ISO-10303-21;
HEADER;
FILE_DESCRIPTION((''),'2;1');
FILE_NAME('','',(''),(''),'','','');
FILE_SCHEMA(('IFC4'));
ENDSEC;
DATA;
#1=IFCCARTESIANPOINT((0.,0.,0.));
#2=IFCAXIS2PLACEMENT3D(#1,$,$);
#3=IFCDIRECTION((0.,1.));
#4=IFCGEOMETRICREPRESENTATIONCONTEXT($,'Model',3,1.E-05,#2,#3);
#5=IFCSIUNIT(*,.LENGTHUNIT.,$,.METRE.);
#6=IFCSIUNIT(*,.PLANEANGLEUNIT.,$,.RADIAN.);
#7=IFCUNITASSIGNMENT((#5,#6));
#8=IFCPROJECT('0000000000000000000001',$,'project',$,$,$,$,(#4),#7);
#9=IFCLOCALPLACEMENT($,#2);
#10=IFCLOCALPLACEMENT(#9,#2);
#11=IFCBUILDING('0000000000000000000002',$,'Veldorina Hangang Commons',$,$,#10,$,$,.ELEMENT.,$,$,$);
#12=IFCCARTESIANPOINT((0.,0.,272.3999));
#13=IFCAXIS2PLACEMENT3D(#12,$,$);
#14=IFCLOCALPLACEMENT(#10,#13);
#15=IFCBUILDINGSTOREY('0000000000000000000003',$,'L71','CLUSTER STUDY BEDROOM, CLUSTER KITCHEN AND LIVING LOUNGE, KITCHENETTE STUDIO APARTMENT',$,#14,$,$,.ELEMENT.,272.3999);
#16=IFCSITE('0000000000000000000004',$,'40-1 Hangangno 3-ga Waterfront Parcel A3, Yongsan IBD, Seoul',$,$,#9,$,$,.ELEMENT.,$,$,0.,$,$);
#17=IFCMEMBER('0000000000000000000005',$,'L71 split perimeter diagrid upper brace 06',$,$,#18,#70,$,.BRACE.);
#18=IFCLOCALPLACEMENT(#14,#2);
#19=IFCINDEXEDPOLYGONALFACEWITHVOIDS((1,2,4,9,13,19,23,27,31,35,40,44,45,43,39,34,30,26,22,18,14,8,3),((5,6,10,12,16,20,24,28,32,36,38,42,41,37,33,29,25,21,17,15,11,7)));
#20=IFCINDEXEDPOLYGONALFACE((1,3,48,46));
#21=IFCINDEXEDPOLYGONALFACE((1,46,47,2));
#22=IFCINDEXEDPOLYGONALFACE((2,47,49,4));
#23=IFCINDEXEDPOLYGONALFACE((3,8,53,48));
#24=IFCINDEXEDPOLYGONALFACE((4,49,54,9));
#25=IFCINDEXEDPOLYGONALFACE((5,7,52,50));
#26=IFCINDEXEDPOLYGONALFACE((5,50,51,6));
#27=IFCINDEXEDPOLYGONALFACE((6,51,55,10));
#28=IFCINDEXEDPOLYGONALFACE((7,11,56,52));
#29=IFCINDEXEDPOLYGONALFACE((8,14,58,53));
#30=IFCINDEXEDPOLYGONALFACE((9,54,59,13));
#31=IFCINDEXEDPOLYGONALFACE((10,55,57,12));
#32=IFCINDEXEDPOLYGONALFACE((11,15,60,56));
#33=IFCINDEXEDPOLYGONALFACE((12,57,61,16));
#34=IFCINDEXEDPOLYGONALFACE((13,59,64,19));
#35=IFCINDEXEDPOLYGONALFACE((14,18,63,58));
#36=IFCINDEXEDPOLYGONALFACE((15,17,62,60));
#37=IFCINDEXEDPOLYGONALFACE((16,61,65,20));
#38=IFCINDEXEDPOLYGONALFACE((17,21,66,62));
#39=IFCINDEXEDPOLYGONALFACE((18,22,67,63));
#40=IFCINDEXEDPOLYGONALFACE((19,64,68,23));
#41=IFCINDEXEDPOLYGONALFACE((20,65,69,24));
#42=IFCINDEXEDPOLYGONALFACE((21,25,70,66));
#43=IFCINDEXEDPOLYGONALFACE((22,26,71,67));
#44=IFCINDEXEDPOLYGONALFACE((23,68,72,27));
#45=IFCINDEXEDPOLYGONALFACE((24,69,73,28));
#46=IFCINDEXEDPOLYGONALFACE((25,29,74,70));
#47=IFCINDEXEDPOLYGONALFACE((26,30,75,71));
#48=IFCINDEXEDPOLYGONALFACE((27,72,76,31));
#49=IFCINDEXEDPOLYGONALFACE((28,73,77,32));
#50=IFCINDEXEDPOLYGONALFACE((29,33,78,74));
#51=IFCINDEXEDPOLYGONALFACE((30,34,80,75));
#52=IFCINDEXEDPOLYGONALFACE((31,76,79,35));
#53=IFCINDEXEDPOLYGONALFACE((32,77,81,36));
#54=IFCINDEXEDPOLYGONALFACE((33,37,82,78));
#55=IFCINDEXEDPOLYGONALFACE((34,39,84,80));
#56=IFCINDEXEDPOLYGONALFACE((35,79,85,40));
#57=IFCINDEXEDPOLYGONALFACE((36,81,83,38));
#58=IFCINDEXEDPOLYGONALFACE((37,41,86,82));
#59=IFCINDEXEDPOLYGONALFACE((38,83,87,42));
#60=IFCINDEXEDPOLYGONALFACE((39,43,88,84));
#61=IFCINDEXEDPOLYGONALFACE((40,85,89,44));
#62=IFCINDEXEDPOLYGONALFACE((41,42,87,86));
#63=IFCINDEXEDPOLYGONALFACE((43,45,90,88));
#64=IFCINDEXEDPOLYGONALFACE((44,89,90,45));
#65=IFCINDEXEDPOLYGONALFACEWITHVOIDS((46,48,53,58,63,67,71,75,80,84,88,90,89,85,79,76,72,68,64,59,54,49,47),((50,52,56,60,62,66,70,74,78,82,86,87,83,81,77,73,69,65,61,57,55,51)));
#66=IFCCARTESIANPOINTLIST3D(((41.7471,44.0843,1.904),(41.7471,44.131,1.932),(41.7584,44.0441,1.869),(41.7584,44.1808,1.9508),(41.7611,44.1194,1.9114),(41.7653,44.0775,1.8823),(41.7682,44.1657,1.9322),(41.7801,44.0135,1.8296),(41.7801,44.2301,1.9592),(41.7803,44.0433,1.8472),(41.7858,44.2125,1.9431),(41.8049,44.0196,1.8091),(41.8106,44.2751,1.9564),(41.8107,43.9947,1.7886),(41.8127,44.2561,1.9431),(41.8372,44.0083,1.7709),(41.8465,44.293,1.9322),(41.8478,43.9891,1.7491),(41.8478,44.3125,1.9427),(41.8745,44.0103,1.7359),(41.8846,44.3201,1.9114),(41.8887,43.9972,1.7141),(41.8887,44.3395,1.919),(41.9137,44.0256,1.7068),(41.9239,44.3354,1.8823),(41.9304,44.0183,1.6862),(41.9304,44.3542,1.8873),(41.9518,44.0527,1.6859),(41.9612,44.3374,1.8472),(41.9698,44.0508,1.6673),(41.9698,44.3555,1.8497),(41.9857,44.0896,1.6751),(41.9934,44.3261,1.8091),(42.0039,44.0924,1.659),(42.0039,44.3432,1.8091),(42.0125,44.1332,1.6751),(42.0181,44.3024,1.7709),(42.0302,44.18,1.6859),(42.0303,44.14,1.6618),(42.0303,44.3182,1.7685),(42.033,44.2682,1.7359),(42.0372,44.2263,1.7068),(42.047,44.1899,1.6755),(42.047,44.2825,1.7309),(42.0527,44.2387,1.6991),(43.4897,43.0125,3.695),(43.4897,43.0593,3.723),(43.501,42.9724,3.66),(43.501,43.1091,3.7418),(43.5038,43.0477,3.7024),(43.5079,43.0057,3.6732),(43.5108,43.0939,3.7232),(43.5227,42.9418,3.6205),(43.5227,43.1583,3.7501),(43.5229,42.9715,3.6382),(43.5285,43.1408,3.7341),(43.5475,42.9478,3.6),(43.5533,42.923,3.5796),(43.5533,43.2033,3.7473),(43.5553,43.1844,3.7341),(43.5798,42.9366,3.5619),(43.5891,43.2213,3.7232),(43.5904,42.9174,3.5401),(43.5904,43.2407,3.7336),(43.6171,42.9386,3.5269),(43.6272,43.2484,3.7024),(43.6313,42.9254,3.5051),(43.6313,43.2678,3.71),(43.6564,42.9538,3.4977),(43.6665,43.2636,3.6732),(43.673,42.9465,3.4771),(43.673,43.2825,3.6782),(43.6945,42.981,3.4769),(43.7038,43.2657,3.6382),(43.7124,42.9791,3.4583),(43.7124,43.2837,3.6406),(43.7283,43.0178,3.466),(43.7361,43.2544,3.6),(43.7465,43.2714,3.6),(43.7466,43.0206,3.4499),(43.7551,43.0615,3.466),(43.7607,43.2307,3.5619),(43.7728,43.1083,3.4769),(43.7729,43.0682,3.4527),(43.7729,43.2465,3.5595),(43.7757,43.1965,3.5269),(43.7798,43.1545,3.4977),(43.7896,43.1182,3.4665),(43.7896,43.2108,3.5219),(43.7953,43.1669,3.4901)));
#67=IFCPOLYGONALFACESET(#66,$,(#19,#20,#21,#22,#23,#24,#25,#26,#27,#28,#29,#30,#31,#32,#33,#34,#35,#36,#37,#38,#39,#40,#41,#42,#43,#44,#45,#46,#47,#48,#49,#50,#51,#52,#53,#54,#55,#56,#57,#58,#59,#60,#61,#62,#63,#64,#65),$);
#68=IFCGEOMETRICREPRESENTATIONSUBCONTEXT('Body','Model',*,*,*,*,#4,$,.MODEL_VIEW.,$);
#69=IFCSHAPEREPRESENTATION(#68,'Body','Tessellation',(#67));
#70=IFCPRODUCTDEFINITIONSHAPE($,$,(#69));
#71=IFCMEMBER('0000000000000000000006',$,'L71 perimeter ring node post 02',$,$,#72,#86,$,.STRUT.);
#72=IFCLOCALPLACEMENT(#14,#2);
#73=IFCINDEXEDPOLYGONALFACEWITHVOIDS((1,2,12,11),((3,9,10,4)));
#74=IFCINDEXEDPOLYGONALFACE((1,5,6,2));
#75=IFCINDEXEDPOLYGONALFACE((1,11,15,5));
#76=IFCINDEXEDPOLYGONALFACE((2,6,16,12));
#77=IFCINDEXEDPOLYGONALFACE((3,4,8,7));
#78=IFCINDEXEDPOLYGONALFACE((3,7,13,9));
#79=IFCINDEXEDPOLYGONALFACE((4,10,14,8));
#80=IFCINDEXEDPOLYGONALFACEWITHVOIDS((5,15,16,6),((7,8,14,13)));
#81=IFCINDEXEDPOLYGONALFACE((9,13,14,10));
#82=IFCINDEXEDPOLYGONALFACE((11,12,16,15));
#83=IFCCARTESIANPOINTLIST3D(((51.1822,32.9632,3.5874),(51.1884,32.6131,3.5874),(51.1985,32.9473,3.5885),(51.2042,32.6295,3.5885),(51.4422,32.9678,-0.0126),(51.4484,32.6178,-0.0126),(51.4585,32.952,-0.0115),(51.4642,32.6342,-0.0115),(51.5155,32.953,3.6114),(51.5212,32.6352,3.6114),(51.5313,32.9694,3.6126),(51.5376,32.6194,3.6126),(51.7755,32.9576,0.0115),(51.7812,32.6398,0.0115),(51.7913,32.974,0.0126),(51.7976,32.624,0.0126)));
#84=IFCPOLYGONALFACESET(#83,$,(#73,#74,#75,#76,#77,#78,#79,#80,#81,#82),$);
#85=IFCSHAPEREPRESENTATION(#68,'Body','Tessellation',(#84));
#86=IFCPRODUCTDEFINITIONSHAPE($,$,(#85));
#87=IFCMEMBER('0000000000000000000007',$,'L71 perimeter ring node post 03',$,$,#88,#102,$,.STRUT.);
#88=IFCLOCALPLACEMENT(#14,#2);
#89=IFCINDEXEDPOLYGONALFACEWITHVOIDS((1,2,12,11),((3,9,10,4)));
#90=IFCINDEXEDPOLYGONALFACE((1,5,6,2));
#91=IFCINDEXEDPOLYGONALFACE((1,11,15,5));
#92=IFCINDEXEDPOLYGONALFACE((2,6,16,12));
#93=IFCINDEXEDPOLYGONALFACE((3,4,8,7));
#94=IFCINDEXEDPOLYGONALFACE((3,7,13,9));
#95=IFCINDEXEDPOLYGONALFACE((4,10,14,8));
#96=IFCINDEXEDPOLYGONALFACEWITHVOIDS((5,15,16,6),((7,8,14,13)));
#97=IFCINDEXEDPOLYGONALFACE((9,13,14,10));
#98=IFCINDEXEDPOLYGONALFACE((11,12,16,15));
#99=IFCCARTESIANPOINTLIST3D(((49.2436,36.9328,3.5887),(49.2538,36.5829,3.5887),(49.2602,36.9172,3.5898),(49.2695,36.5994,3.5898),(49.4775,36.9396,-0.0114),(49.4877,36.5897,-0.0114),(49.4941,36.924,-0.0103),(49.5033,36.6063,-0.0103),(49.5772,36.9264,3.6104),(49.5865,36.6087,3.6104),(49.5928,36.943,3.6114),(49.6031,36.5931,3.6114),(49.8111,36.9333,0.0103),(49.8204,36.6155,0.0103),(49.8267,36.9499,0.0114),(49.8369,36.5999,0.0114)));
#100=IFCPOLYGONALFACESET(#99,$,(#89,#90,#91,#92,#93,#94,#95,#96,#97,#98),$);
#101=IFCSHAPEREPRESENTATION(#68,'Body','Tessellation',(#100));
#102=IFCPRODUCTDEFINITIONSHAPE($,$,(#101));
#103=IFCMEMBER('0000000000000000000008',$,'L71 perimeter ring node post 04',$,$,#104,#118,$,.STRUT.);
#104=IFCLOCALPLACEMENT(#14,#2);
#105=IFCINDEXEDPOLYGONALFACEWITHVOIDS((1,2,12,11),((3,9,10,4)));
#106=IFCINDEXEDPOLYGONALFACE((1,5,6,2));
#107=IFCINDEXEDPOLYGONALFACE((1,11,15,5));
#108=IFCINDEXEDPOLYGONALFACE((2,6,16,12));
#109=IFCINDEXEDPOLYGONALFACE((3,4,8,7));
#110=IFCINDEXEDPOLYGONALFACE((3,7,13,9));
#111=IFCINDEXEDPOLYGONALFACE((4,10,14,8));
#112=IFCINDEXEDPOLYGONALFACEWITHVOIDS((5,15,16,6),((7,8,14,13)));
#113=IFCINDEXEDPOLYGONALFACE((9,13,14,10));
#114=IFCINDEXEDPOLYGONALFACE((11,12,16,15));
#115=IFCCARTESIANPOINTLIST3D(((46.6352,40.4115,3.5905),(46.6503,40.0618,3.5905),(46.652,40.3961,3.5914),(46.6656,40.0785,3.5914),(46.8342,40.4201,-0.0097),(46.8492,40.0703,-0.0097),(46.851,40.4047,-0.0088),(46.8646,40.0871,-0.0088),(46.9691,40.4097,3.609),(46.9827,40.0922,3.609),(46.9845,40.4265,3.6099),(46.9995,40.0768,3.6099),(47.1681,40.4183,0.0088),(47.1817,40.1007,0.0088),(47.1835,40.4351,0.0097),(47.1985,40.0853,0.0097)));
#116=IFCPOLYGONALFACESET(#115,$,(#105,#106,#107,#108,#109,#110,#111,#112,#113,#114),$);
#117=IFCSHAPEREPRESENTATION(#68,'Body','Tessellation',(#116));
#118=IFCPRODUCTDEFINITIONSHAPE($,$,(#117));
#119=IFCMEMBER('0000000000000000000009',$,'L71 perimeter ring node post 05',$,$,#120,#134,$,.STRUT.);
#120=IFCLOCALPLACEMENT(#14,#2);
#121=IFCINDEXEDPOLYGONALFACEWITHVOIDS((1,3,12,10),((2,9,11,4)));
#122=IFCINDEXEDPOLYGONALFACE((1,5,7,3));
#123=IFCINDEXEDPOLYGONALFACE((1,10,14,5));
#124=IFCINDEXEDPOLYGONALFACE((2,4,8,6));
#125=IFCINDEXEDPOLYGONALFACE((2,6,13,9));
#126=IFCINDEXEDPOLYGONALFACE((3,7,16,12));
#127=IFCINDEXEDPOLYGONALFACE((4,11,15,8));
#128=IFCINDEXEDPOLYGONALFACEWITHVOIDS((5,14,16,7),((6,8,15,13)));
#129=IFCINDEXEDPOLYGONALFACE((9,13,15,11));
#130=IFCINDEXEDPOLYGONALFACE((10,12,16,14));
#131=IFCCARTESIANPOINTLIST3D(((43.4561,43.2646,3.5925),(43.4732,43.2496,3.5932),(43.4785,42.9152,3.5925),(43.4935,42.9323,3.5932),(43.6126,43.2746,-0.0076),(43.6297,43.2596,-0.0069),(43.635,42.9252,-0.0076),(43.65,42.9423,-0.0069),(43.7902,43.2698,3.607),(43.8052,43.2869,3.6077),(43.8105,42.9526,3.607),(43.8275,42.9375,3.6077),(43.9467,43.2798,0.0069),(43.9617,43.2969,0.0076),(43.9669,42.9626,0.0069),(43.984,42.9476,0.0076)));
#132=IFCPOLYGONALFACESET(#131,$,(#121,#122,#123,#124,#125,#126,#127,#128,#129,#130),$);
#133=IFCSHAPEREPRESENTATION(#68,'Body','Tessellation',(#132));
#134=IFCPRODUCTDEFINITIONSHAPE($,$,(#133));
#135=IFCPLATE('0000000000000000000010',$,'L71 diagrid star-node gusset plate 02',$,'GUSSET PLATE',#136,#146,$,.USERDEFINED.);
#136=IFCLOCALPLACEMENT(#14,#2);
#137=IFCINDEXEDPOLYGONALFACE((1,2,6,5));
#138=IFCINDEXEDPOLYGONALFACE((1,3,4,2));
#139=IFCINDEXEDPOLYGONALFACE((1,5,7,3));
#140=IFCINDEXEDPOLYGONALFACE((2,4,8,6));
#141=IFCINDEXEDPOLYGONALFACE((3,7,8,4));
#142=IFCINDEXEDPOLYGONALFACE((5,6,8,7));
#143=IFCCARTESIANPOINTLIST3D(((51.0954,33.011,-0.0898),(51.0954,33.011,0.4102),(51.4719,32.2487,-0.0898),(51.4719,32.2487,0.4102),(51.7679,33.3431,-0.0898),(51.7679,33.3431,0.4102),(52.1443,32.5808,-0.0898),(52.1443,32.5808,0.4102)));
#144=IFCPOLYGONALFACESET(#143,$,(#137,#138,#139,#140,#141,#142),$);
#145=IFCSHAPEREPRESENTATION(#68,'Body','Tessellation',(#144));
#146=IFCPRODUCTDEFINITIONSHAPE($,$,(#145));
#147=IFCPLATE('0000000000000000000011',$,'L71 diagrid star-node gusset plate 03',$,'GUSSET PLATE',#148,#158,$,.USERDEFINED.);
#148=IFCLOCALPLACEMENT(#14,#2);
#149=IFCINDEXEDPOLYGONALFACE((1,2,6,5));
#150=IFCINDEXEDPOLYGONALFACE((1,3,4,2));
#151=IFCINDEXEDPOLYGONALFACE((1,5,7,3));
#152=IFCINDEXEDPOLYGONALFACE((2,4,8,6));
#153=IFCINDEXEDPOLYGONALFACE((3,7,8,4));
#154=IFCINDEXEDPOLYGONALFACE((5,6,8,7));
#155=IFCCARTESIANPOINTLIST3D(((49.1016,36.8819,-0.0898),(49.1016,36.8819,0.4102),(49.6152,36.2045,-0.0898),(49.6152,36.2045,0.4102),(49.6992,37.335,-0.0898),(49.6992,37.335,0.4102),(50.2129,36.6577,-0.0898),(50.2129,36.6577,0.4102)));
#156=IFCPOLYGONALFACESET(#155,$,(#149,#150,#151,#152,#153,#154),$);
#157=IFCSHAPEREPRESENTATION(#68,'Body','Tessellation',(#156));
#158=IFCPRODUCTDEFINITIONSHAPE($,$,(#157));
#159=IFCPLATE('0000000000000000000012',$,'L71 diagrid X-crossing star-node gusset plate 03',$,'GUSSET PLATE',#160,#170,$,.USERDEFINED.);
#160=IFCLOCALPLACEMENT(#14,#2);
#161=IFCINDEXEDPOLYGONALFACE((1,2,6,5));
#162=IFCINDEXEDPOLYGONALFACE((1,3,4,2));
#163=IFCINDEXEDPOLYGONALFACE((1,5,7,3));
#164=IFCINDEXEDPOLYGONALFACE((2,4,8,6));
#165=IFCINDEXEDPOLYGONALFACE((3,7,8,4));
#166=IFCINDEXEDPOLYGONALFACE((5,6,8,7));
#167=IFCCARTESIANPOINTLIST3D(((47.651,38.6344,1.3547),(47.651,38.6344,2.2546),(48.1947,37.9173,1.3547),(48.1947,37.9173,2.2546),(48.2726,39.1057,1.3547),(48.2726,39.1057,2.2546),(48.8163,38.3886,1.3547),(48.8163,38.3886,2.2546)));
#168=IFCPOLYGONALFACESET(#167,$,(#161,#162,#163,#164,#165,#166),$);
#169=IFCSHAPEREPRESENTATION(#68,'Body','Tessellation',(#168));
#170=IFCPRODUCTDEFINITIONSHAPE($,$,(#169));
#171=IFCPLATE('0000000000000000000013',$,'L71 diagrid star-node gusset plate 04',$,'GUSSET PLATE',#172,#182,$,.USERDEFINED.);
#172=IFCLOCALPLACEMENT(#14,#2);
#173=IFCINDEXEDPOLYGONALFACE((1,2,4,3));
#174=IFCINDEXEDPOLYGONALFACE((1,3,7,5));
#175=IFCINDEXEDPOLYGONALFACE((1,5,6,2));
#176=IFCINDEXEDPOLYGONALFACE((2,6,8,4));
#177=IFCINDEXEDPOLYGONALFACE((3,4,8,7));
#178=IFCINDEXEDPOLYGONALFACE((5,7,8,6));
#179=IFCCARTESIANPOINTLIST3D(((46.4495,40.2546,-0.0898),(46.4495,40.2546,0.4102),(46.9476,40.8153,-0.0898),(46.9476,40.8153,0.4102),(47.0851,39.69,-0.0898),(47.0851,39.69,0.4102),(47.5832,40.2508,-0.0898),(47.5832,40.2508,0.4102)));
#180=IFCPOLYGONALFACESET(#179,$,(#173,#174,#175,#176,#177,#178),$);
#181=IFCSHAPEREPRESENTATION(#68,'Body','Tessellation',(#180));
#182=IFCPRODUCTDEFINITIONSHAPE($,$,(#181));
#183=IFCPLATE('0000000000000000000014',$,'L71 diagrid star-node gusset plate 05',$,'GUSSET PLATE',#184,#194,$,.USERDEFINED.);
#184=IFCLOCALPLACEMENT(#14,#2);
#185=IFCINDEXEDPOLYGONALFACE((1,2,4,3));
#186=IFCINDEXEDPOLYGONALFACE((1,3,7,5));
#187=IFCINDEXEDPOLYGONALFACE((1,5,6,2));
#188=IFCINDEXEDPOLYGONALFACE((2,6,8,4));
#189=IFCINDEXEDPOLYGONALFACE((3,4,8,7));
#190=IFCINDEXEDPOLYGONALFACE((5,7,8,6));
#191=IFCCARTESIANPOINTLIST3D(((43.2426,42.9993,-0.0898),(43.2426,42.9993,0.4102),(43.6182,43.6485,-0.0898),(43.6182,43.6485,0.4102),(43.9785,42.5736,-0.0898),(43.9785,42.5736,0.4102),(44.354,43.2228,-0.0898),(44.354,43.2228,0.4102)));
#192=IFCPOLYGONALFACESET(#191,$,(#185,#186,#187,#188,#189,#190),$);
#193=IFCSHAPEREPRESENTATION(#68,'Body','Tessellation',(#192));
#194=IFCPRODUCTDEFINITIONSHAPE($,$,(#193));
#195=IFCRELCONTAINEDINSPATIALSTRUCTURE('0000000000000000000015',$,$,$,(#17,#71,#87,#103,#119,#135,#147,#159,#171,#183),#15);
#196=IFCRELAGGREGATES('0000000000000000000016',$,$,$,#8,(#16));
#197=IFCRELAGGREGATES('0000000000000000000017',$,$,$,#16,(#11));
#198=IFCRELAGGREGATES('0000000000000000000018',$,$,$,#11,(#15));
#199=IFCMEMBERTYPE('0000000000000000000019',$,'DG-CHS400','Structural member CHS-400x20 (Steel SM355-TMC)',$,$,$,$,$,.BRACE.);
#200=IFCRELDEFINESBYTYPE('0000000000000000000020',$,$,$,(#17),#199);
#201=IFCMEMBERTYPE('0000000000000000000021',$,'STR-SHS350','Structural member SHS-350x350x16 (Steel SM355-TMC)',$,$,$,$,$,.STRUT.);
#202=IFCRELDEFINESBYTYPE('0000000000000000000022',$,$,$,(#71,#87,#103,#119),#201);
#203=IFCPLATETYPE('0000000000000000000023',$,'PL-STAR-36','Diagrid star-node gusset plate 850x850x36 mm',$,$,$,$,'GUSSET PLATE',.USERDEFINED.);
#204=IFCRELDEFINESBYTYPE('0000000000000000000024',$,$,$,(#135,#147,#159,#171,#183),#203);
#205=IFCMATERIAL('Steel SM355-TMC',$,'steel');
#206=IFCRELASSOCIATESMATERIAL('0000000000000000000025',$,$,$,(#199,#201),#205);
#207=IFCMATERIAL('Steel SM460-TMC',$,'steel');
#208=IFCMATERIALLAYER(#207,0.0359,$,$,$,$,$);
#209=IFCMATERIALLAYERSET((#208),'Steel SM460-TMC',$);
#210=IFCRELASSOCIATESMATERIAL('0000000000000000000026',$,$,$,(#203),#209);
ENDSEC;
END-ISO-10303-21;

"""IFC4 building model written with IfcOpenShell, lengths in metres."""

from ifc_helpers import new_model, si_unit, direction, frame, origin, origin_2d, place, context, subcontext, project, spatial, rectangle, hollow_rectangle, hollow_circle, extrude, material, layer, layer_set, material_profile, profile_set, type_object, element, save


model = new_model("IFC4")

# Units and contexts
model_context = context("Model", 3, precision=1e-05, world=origin(), true_north=direction((0.0, 1.0)))
body_context = subcontext(model_context, "Body", "Model", "MODEL_VIEW")
ifc_project = project(units=[si_unit("LENGTHUNIT", "METRE"), si_unit("PLANEANGLEUNIT", "RADIAN")], contexts=[model_context])

# Site, building, storey
site_placement = place(None, origin())
site = spatial("IfcSite", under=ifc_project, at=site_placement, Name="40-1 Hangangno 3-ga Waterfront Parcel A3, Yongsan IBD, Seoul", CompositionType="ELEMENT", RefElevation=0.0)
building_placement = place(site_placement, origin())
building = spatial("IfcBuilding", under=site, at=building_placement, Name="Veldorina Hangang Commons", CompositionType="ELEMENT")
storey_placement = place(building_placement, frame((0.0, 0.0, 272.3999)))
storey = spatial("IfcBuildingStorey", under=building, at=storey_placement, Name="L71", Description="CLUSTER STUDY BEDROOM, CLUSTER KITCHEN AND LIVING LOUNGE, KITCHENETTE STUDIO APARTMENT", CompositionType="ELEMENT", Elevation=272.3999)

# Shared definitions
ifc_material_1 = material(Name="Steel SM355-TMC", Category="steel")

# Members
ifc_material_profile_1 = material_profile(ifc_material_1, hollow_circle(Radius=0.2, WallThickness=0.02, at=origin_2d()), Name="CHS-400x20")
ifc_profile_set_1 = profile_set([ifc_material_profile_1], Name="Steel SM355-TMC")
member_type_1 = type_object("IfcMemberType", Name="DG-CHS400", Description="Structural member CHS-400x20 (Steel SM355-TMC)", PredefinedType="BRACE", material=ifc_profile_set_1)
member_1_placement = place(storey_placement, frame((41.8992, 44.1729, 1.8091), z_axis=(0.640908, -0.39417, 0.658686), x_axis=(0.523871, 0.851798, 0.0)))
element("IfcMember", 1, at=member_1_placement, inside=storey, type_object=member_type_1, Name="L71 split perimeter diagrid upper brace 06", PredefinedType="BRACE", context=body_context, shape_type="SweptSolid", body=[
    extrude(hollow_circle(Radius=0.2, WallThickness=0.02, at=origin_2d()), origin(), (0.0, 0.0, 1.0), 2.719),
])
ifc_material_profile_2 = material_profile(ifc_material_1, hollow_rectangle(XDim=0.3501, YDim=0.3501, WallThickness=0.0161, at=origin_2d()), Name="SHS-350x350x16")
ifc_profile_set_2 = profile_set([ifc_material_profile_2], Name="Steel SM355-TMC")
member_type_2 = type_object("IfcMemberType", Name="STR-SHS350", Description="Structural member SHS-350x350x16 (Steel SM355-TMC)", PredefinedType="STRUT", material=ifc_profile_set_2)
member_2_placement = place(storey_placement, frame((51.6199, 32.7959, 0.0), z_axis=(-0.072035, -0.001285, 0.997401), x_axis=(0.017838, -0.999841, 0.0)))
element("IfcMember", 2, at=member_2_placement, inside=storey, type_object=member_type_2, Name="L71 perimeter ring node post 02", PredefinedType="STRUT", context=body_context, shape_type="SweptSolid", body=[
    extrude(hollow_rectangle(XDim=0.3501, YDim=0.3501, WallThickness=0.0161, at=origin_2d()), origin(), (0.0, 0.0, 1.0), 3.6094),
])
member_3_placement = place(storey_placement, frame((49.6572, 36.7698, 0.0), z_axis=(-0.06483, -0.001895, 0.997895), x_axis=(0.029215, -0.999573, 0.0)))
element("IfcMember", 3, at=member_3_placement, inside=storey, type_object=member_type_2, Name="L71 perimeter ring node post 03", PredefinedType="STRUT", context=body_context, shape_type="SweptSolid", body=[
    extrude(hollow_rectangle(XDim=0.3501, YDim=0.3501, WallThickness=0.0161, at=origin_2d()), origin(), (0.0, 0.0, 1.0), 3.6077),
])
member_4_placement = place(storey_placement, frame((47.0164, 40.2527, 0.0), z_axis=(-0.055185, -0.00237, 0.998473), x_axis=(0.042905, -0.999079, 0.0)))
element("IfcMember", 4, at=member_4_placement, inside=storey, type_object=member_type_2, Name="L71 perimeter ring node post 04", PredefinedType="STRUT", context=body_context, shape_type="SweptSolid", body=[
    extrude(hollow_rectangle(XDim=0.3501, YDim=0.3501, WallThickness=0.0161, at=origin_2d()), origin(), (0.0, 0.0, 1.0), 3.6057),
])
member_5_placement = place(storey_placement, frame((43.7983, 43.1111, 0.0), z_axis=(-0.043428, -0.002778, 0.999053), x_axis=(0.063832, -0.997961, 0.0)))
element("IfcMember", 5, at=member_5_placement, inside=storey, type_object=member_type_2, Name="L71 perimeter ring node post 05", PredefinedType="STRUT", context=body_context, shape_type="SweptSolid", body=[
    extrude(hollow_rectangle(XDim=0.3501, YDim=0.3501, WallThickness=0.0161, at=origin_2d()), origin(), (0.0, 0.0, 1.0), 3.6035),
])

# Plates
ifc_material_2 = material(Name="Steel SM460-TMC", Category="steel")
ifc_layer_1 = layer(ifc_material_2, 0.0359)
ifc_layer_set_1 = layer_set([ifc_layer_1], Name="Steel SM460-TMC")
plate_type_1 = type_object("IfcPlateType", Name="PL-STAR-36", Description="Diagrid star-node gusset plate 850x850x36 mm", ElementType="GUSSET PLATE", PredefinedType="USERDEFINED", material=ifc_layer_set_1)
for number, where, z_axis, x_axis, name in (
    (6, (51.6199, 32.7959, -0.0898), (0.0, 0.0, 1.0), (-0.442805, 0.896618, 0.0), "L71 diagrid star-node gusset plate 02"),
    (7, (49.6572, 36.7698, -0.0898), (0.0, 0.0, 1.0), (-0.604196, 0.796836, 0.0), "L71 diagrid star-node gusset plate 03"),
):
    element("IfcPlate", number, at=place(storey_placement, frame(where, z_axis=z_axis, x_axis=x_axis)), inside=storey, type_object=plate_type_1, Name=name, ObjectType="GUSSET PLATE", PredefinedType="USERDEFINED", context=body_context, shape_type="SweptSolid", body=[
        extrude(rectangle(XDim=0.8501, YDim=0.75, at=origin_2d()), origin(), (0.0, 0.0, 1.0), 0.5),
    ])
plate_1_placement = place(storey_placement, frame((48.2336, 38.5115, 1.3547), z_axis=(0.0, 0.0, 1.0), x_axis=(-0.604196, 0.796836, 0.0)))
element("IfcPlate", 8, at=plate_1_placement, inside=storey, type_object=plate_type_1, Name="L71 diagrid X-crossing star-node gusset plate 03", ObjectType="GUSSET PLATE", PredefinedType="USERDEFINED", context=body_context, shape_type="SweptSolid", body=[
    extrude(rectangle(XDim=0.8999, YDim=0.78, at=origin_2d()), origin(), (0.0, 0.0, 1.0), 0.8999),
])
for number, where, z_axis, x_axis, name in (
    (9, (47.0164, 40.2527, -0.0898), (0.0, 0.0, 1.0), (-0.747636, 0.664109, 0.0), "L71 diagrid star-node gusset plate 04"),
    (10, (43.7983, 43.1111, -0.0898), (0.0, 0.0, 1.0), (-0.865589, 0.500756, 0.0), "L71 diagrid star-node gusset plate 05"),
):
    element("IfcPlate", number, at=place(storey_placement, frame(where, z_axis=z_axis, x_axis=x_axis)), inside=storey, type_object=plate_type_1, Name=name, ObjectType="GUSSET PLATE", PredefinedType="USERDEFINED", context=body_context, shape_type="SweptSolid", body=[
        extrude(rectangle(XDim=0.8501, YDim=0.75, at=origin_2d()), origin(), (0.0, 0.0, 1.0), 0.5),
    ])

save(model, "model.ifc")
